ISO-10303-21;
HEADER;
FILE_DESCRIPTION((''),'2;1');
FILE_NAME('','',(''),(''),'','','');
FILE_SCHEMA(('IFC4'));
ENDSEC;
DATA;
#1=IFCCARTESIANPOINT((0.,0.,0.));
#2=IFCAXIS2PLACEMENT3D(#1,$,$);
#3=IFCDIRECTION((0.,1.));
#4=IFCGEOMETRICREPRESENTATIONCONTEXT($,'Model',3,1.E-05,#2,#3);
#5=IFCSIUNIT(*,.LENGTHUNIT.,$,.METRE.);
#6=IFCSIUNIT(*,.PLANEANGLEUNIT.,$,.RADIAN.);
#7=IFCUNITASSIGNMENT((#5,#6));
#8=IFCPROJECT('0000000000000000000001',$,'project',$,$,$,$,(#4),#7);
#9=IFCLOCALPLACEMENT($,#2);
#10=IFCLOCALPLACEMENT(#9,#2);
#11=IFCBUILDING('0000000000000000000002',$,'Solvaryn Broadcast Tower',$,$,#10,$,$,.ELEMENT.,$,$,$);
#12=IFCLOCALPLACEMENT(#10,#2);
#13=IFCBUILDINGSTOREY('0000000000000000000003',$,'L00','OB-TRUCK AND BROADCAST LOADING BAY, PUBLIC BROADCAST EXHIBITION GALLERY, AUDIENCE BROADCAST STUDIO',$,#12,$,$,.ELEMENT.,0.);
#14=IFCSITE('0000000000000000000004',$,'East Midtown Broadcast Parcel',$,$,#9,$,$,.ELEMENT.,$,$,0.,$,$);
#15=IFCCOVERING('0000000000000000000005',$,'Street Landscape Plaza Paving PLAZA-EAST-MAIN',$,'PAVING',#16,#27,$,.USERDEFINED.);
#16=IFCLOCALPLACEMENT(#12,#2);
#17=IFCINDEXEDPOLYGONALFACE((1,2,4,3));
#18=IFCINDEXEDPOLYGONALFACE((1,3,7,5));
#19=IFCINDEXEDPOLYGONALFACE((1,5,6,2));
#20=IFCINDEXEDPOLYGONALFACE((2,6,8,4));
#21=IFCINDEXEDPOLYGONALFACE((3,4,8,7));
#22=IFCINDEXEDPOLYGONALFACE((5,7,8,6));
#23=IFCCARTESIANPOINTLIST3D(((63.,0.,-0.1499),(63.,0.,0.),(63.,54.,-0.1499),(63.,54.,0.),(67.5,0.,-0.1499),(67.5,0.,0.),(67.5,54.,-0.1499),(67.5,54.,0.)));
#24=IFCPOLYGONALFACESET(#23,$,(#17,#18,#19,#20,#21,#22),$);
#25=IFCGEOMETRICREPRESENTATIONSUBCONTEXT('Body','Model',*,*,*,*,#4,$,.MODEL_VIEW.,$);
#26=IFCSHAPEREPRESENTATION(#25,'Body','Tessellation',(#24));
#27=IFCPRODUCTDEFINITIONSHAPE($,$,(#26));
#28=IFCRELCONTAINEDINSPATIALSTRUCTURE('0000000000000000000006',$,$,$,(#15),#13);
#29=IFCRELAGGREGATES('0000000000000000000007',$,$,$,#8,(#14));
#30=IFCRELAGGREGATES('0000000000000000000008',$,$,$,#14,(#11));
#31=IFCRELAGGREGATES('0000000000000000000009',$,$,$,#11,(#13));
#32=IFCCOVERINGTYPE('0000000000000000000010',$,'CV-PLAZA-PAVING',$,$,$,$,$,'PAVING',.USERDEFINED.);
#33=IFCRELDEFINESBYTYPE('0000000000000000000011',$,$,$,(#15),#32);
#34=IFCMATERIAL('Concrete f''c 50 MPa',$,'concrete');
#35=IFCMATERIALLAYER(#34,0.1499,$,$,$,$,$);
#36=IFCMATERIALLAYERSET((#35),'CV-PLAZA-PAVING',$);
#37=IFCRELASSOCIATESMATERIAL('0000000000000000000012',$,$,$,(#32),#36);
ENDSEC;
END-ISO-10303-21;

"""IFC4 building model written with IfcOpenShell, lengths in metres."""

from ifc_helpers import new_model, si_unit, direction, frame, origin, place, context, subcontext, project, spatial, polyline, outline, extrude, material, layer, layer_set, type_object, element, save


model = new_model("IFC4")

# Units and contexts
model_context = context("Model", 3, precision=1e-05, world=origin(), true_north=direction((0.0, 1.0)))
body_context = subcontext(model_context, "Body", "Model", "MODEL_VIEW")
ifc_project = project(units=[si_unit("LENGTHUNIT", "METRE"), si_unit("PLANEANGLEUNIT", "RADIAN")], contexts=[model_context])

# Site, building, storey
site_placement = place(None, origin())
site = spatial("IfcSite", under=ifc_project, at=site_placement, Name="East Midtown Broadcast Parcel", CompositionType="ELEMENT", RefElevation=0.0)
building_placement = place(site_placement, origin())
building = spatial("IfcBuilding", under=site, at=building_placement, Name="Solvaryn Broadcast Tower", CompositionType="ELEMENT")
storey_placement = place(building_placement, origin())
storey = spatial("IfcBuildingStorey", under=building, at=storey_placement, Name="L00", Description="OB-TRUCK AND BROADCAST LOADING BAY, PUBLIC BROADCAST EXHIBITION GALLERY, AUDIENCE BROADCAST STUDIO", CompositionType="ELEMENT", Elevation=0.0)

# Covering
ifc_material_1 = material(Name="Concrete f'c 50 MPa", Category="concrete")
ifc_layer_1 = layer(ifc_material_1, 0.1499)
ifc_layer_set_1 = layer_set([ifc_layer_1], Name="CV-PLAZA-PAVING")
covering_type = type_object("IfcCoveringType", Name="CV-PLAZA-PAVING", ElementType="PAVING", PredefinedType="USERDEFINED", material=ifc_layer_set_1)
covering_1_placement = place(storey_placement, frame((0.0, 0.0, -0.1499)))
element("IfcCovering", 1, at=covering_1_placement, inside=storey, type_object=covering_type, Name="Street Landscape Plaza Paving PLAZA-EAST-MAIN", ObjectType="PAVING", PredefinedType="USERDEFINED", context=body_context, shape_type="SweptSolid", body=[
    extrude(outline(polyline([(63.0, 0.0), (67.5, 0.0), (67.5, 54.0), (63.0, 54.0), (63.0, 0.0)])), origin(), (0.0, 0.0, 1.0), 0.1499),
])

save(model, "model.ifc")
